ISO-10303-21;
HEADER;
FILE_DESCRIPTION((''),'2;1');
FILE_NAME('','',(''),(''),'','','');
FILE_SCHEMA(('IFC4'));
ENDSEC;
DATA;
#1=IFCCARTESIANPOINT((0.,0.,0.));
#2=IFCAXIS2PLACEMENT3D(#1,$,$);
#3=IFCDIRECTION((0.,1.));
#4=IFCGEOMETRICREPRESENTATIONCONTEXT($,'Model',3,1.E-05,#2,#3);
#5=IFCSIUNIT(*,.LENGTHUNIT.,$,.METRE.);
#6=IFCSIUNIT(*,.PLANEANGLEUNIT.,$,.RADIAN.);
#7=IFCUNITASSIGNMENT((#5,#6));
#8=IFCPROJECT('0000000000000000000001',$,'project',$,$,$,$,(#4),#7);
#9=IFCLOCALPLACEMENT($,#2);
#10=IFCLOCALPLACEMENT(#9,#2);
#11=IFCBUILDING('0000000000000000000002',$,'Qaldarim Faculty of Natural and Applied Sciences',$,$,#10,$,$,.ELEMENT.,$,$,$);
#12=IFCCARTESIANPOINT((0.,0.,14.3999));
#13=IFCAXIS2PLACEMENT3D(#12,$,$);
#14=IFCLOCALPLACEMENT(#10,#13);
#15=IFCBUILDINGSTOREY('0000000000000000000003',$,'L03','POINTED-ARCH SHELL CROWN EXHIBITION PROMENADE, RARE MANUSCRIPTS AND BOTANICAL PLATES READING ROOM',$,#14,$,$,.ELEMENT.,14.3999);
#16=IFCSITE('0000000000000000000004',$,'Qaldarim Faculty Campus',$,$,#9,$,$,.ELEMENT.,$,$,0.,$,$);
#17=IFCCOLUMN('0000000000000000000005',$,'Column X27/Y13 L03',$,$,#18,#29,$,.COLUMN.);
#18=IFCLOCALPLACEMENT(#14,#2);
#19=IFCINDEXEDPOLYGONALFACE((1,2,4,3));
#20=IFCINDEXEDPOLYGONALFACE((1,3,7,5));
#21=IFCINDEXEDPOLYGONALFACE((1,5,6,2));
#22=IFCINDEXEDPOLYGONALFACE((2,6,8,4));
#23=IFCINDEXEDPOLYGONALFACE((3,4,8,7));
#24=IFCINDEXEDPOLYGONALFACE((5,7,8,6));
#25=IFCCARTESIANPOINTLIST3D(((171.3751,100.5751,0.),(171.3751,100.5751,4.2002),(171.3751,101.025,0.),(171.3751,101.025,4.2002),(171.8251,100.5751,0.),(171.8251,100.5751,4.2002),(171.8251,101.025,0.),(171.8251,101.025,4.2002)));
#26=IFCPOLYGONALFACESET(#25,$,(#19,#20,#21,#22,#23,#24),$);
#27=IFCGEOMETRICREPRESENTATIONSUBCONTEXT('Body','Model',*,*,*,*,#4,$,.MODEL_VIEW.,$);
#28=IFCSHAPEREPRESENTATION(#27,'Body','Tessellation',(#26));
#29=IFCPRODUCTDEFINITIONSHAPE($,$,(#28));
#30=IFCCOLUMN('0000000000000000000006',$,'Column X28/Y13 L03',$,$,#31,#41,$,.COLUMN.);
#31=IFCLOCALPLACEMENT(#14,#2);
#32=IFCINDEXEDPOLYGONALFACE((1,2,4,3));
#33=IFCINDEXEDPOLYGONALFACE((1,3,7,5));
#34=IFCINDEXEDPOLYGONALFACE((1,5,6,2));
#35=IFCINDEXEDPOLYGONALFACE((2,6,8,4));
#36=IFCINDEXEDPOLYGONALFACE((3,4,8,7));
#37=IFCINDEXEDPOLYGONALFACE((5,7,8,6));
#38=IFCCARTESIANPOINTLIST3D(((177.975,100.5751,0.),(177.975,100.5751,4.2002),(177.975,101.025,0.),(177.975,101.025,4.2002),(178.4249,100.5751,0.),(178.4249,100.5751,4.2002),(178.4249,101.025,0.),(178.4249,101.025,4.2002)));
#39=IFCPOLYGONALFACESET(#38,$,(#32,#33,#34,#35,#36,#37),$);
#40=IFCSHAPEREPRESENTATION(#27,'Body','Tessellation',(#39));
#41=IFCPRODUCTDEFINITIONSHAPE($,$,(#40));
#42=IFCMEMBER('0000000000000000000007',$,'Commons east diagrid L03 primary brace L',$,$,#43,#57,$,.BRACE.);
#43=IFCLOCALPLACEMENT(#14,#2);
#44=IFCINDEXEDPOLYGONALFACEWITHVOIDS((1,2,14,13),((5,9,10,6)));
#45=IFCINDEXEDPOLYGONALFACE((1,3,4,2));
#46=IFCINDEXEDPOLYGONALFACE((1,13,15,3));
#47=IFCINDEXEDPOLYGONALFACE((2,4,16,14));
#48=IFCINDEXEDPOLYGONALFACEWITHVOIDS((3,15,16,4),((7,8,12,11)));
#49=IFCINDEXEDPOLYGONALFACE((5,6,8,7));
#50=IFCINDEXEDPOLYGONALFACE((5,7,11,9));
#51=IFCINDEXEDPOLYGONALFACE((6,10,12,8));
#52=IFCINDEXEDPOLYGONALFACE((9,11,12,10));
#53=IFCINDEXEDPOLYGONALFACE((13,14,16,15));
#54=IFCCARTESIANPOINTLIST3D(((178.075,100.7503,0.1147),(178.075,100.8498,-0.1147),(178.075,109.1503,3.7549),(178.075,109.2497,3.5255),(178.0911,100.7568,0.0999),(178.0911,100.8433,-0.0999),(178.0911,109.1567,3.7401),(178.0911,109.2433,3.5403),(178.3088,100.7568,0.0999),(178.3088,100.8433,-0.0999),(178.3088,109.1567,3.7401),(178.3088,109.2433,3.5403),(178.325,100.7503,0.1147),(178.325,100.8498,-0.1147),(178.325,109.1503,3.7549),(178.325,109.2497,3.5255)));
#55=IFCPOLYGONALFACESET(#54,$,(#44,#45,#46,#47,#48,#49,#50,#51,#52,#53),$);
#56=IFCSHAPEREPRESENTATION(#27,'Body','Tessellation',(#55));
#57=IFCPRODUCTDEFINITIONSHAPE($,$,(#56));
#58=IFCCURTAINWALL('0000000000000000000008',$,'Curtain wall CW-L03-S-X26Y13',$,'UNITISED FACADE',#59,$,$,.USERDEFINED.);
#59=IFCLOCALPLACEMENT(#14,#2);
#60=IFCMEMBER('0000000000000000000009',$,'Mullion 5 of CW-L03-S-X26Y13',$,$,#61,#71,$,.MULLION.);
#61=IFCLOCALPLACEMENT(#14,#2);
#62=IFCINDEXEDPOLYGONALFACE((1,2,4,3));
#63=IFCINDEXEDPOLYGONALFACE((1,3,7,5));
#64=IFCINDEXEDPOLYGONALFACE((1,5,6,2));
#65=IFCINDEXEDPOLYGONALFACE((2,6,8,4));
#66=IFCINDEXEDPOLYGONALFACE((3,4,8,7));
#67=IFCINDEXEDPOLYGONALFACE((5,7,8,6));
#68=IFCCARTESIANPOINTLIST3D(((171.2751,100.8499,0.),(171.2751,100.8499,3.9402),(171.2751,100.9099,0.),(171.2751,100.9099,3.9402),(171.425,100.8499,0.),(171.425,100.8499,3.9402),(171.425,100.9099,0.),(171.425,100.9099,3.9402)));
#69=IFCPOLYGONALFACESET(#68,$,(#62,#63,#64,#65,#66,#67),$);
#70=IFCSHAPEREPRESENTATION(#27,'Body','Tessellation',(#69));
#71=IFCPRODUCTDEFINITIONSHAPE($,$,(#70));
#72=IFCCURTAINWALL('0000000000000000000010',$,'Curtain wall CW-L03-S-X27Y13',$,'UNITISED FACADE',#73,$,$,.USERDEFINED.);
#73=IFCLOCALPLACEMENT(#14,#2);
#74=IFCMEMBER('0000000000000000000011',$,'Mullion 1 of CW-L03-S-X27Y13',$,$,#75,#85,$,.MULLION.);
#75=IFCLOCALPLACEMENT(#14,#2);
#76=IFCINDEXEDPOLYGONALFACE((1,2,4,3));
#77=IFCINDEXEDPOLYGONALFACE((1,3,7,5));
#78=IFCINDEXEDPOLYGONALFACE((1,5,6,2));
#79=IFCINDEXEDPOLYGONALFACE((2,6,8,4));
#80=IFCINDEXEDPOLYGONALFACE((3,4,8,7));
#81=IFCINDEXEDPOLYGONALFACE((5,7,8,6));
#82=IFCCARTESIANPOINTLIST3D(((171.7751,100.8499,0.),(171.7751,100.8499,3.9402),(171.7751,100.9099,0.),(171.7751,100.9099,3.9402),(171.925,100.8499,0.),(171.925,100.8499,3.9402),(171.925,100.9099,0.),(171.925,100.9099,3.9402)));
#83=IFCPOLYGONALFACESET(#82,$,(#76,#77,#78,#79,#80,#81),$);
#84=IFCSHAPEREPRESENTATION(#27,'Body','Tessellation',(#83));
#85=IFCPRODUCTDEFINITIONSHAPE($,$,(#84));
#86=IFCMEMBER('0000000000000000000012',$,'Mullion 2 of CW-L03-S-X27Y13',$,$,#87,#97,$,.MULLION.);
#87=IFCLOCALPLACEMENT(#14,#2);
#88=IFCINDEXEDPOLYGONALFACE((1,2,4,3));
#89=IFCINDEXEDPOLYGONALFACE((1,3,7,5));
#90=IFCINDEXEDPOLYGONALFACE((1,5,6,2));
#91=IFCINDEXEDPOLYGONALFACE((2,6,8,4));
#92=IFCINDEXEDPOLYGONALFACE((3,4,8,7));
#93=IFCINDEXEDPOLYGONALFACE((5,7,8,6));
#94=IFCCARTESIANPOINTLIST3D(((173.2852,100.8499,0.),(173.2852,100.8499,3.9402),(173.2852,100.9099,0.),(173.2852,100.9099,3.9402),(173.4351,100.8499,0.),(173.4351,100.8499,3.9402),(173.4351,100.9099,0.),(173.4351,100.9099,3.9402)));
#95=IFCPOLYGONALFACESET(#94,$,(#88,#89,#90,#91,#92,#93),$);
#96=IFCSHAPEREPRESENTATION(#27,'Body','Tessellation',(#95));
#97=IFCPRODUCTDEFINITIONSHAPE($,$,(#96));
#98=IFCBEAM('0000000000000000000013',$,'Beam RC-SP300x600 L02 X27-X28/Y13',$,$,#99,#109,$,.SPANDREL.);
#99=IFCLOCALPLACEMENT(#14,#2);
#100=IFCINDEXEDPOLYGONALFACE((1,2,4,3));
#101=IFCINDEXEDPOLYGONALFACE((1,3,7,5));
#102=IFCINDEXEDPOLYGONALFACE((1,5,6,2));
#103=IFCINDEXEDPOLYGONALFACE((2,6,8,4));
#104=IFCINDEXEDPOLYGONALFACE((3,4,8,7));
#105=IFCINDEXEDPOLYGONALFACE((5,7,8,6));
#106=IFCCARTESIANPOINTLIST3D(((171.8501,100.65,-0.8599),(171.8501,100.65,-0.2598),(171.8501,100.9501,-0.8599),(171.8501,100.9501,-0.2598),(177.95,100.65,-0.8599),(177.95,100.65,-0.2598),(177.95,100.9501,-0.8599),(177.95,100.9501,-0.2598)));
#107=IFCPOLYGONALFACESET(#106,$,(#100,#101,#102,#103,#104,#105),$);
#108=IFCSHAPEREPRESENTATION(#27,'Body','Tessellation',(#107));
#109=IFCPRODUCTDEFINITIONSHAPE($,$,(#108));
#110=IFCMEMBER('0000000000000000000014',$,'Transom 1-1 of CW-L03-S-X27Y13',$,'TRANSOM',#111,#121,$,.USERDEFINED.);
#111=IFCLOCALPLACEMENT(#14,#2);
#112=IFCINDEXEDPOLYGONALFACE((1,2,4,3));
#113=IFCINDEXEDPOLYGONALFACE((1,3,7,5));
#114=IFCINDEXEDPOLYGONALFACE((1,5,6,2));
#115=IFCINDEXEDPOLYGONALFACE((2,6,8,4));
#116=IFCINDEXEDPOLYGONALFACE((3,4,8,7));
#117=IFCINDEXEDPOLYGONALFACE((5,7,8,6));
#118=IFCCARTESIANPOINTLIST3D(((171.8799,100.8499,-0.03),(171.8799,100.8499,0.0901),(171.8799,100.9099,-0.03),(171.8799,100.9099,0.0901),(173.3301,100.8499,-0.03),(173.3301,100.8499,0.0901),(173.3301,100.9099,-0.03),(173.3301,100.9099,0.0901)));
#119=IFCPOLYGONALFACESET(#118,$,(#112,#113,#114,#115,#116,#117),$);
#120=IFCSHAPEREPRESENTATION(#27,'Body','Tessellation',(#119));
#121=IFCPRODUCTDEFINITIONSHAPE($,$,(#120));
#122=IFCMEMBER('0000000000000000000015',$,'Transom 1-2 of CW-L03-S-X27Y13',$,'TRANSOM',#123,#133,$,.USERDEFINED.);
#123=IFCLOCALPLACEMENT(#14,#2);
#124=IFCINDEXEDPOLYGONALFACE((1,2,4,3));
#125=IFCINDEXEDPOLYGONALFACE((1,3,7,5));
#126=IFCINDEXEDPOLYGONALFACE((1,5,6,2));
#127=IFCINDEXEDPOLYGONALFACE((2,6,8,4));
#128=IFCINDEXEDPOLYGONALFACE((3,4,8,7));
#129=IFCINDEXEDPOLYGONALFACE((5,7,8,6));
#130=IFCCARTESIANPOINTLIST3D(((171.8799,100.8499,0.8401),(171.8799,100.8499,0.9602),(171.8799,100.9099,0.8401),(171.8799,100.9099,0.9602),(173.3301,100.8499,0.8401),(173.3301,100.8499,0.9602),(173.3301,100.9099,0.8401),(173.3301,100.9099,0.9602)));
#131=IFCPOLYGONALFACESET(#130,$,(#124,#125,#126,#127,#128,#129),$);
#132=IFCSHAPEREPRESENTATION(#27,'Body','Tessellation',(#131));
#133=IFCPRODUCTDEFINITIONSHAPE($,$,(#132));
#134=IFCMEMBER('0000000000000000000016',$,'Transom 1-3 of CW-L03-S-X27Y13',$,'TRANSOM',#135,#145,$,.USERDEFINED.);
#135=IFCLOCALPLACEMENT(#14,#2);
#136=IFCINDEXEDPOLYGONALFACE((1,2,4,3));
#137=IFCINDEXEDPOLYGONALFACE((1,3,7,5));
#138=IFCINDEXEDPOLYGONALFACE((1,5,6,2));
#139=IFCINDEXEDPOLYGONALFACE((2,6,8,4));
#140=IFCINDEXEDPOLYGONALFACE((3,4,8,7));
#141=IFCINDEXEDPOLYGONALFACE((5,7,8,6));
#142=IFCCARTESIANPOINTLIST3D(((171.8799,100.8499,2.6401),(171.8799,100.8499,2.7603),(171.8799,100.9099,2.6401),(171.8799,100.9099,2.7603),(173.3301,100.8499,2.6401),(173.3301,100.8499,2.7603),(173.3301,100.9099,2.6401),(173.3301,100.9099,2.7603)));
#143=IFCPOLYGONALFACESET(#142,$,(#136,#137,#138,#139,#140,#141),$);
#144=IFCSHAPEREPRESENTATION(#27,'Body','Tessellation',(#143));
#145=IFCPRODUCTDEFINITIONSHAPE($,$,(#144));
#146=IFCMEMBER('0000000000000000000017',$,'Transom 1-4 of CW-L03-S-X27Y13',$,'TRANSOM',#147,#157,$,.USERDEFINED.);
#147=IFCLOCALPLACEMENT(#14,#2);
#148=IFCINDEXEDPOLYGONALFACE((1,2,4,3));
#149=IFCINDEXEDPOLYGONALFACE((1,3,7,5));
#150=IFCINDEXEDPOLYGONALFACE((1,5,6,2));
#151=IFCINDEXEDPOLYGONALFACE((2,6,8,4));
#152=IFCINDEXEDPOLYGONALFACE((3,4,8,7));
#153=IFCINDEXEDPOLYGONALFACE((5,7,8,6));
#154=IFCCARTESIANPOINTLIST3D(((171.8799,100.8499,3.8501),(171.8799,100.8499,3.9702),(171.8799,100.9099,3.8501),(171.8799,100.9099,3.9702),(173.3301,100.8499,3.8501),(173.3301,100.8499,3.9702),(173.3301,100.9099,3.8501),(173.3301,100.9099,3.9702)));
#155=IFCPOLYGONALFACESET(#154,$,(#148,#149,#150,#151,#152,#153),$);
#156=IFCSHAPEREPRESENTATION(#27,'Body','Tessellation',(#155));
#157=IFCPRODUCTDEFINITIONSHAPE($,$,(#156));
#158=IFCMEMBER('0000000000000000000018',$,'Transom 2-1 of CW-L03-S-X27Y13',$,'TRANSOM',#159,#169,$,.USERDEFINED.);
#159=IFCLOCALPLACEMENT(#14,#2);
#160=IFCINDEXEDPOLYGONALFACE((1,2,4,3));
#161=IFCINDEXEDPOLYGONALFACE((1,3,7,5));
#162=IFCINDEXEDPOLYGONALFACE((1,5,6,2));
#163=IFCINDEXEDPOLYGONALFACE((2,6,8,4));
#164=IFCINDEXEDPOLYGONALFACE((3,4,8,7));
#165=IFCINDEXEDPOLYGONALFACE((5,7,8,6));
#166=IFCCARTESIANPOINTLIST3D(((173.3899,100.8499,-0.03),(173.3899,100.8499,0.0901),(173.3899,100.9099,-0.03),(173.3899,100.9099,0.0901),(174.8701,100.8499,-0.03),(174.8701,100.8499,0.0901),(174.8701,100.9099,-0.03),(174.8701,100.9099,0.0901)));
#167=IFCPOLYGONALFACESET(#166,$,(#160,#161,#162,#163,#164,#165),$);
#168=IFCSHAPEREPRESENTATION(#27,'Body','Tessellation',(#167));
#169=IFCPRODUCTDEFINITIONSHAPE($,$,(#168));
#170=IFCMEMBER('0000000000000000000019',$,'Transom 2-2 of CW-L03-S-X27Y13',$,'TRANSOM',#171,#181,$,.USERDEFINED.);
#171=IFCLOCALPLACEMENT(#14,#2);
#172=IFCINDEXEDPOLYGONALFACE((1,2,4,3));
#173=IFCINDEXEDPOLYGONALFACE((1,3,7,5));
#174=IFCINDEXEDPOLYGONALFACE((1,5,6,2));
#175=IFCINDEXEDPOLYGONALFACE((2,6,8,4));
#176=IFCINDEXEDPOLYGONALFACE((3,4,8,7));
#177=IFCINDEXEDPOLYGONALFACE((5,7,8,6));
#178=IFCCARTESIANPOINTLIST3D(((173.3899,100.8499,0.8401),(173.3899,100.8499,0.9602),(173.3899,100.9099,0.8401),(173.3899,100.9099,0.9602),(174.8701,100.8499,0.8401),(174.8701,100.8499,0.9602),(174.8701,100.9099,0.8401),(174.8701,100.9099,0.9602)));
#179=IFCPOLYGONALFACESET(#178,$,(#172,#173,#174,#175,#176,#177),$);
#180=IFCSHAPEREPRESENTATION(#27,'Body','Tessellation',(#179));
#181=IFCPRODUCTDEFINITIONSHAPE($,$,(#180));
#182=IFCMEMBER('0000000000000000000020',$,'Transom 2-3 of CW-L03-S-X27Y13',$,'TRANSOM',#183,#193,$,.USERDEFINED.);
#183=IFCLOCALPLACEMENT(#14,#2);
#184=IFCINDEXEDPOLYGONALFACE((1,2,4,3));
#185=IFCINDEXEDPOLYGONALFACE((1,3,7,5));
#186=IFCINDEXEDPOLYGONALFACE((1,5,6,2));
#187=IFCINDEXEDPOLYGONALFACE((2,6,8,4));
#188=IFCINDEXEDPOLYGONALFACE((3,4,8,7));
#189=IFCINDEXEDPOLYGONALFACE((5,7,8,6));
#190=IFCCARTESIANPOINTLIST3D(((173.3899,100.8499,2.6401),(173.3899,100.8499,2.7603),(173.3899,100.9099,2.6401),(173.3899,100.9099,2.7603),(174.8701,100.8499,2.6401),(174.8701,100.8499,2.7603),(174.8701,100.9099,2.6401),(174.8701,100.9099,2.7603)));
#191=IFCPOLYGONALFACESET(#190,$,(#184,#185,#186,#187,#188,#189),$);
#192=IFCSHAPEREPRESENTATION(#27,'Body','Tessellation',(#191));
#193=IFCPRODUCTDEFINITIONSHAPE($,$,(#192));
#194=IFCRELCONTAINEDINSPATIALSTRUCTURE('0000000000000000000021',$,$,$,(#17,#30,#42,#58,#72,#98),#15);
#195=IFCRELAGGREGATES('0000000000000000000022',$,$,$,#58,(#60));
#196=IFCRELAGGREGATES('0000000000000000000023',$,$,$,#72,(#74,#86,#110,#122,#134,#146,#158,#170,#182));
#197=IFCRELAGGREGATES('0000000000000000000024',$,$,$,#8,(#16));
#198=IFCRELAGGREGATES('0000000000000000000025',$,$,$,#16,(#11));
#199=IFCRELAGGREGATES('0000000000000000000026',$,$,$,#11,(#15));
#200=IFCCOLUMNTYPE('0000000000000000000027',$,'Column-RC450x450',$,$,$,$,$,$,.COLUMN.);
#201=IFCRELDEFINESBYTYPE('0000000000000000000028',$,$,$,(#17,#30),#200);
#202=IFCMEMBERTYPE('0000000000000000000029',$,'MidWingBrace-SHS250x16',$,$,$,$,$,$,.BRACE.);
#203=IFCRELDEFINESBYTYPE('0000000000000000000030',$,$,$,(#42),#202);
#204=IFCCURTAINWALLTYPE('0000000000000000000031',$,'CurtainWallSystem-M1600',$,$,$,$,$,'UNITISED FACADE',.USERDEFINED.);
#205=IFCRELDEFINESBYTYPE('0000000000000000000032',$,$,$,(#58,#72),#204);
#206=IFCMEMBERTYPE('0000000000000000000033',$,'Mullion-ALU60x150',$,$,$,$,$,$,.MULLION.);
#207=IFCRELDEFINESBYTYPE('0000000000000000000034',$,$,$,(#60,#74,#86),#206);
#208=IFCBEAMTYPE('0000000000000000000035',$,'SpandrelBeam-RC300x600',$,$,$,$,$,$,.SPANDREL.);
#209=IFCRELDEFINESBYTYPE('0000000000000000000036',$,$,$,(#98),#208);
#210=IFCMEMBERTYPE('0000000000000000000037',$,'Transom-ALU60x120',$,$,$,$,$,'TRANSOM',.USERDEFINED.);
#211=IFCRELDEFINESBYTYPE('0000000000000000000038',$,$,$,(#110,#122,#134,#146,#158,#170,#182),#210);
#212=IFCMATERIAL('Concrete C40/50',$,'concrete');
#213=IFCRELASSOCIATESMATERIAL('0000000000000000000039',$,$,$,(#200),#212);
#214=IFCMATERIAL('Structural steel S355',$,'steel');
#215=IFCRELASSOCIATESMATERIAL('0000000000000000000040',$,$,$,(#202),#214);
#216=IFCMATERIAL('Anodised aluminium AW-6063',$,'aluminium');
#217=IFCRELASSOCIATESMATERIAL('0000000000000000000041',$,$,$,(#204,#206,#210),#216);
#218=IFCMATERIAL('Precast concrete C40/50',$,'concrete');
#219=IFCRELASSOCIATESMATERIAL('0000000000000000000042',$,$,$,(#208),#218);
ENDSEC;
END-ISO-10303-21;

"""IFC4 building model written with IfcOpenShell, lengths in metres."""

from ifc_helpers import new_model, si_unit, direction, frame, origin, origin_2d, place, context, subcontext, project, spatial, rectangle, hollow_rectangle, extrude, material, material_profile, profile_set, type_object, element, aggregate, save


model = new_model("IFC4")

# Units and contexts
model_context = context("Model", 3, precision=1e-05, world=origin(), true_north=direction((0.0, 1.0)))
body_context = subcontext(model_context, "Body", "Model", "MODEL_VIEW")
ifc_project = project(units=[si_unit("LENGTHUNIT", "METRE"), si_unit("PLANEANGLEUNIT", "RADIAN")], contexts=[model_context])

# Site, building, storey
site_placement = place(None, origin())
site = spatial("IfcSite", under=ifc_project, at=site_placement, Name="Qaldarim Faculty Campus", CompositionType="ELEMENT", RefElevation=0.0)
building_placement = place(site_placement, origin())
building = spatial("IfcBuilding", under=site, at=building_placement, Name="Qaldarim Faculty of Natural and Applied Sciences", CompositionType="ELEMENT")
storey_placement = place(building_placement, frame((0.0, 0.0, 14.3999)))
storey = spatial("IfcBuildingStorey", under=building, at=storey_placement, Name="L03", Description="POINTED-ARCH SHELL CROWN EXHIBITION PROMENADE, RARE MANUSCRIPTS AND BOTANICAL PLATES READING ROOM", CompositionType="ELEMENT", Elevation=14.3999)

# Columns
ifc_material_1 = material(Name="Concrete C40/50", Category="concrete")
ifc_material_profile_1 = material_profile(ifc_material_1, rectangle(XDim=0.45, YDim=0.45, at=origin_2d()), Name="RC-C450x450")
ifc_profile_set_1 = profile_set([ifc_material_profile_1], Name="Concrete C40/50")
column_type = type_object("IfcColumnType", Name="Column-RC450x450", PredefinedType="COLUMN", material=ifc_profile_set_1)
for number, where, z_axis, x_axis, name in (
    (1, (171.6001, 100.8, 0.0), (0.0, 0.0, 1.0), (1.0, 0.0, 0.0), "Column X27/Y13 L03"),
    (2, (178.2, 100.8, 0.0), (0.0, 0.0, 1.0), (1.0, 0.0, 0.0), "Column X28/Y13 L03"),
):
    element("IfcColumn", number, at=place(storey_placement, frame(where, z_axis=z_axis, x_axis=x_axis)), inside=storey, type_object=column_type, Name=name, PredefinedType="COLUMN", context=body_context, shape_type="SweptSolid", body=[
        extrude(rectangle(XDim=0.45, YDim=0.45, at=origin_2d()), origin(), (0.0, 0.0, 1.0), 4.2002),
    ])

# Member
ifc_material_2 = material(Name="Structural steel S355", Category="steel")
ifc_material_profile_2 = material_profile(ifc_material_2, hollow_rectangle(XDim=0.25, YDim=0.25, WallThickness=0.0161, at=origin_2d()), Name="SHS 250x250x16.0")
ifc_profile_set_2 = profile_set([ifc_material_profile_2], Name="Structural steel S355")
member_type_1 = type_object("IfcMemberType", Name="MidWingBrace-SHS250x16", PredefinedType="BRACE", material=ifc_profile_set_2)
member_1_placement = place(storey_placement, frame((178.2, 100.8, 0.0), z_axis=(0.0, 0.917548, 0.397624), x_axis=(-1.0, 0.0, 0.0)))
element("IfcMember", 3, at=member_1_placement, inside=storey, type_object=member_type_1, Name="Commons east diagrid L03 primary brace L", PredefinedType="BRACE", context=body_context, shape_type="SweptSolid", body=[
    extrude(hollow_rectangle(XDim=0.25, YDim=0.25, WallThickness=0.0161, at=origin_2d()), origin(), (0.0, 0.0, 1.0), 9.1548),
])

# Curtain wall, member
ifc_material_3 = material(Name="Anodised aluminium AW-6063", Category="aluminium")
curtain_wall_type = type_object("IfcCurtainWallType", Name="CurtainWallSystem-M1600", ElementType="UNITISED FACADE", PredefinedType="USERDEFINED", material=ifc_material_3)
curtain_wall_1_placement = place(storey_placement, origin())
curtain_wall_1 = element("IfcCurtainWall", 4, at=curtain_wall_1_placement, inside=storey, type_object=curtain_wall_type, Name="Curtain wall CW-L03-S-X26Y13", ObjectType="UNITISED FACADE", PredefinedType="USERDEFINED")
ifc_material_profile_3 = material_profile(ifc_material_3, rectangle(XDim=0.0601, YDim=0.1499, at=origin_2d()), Name="ALU-M60x150")
ifc_profile_set_3 = profile_set([ifc_material_profile_3], Name="Anodised aluminium AW-6063")
member_type_2 = type_object("IfcMemberType", Name="Mullion-ALU60x150", PredefinedType="MULLION", material=ifc_profile_set_3)
member_2_placement = place(storey_placement, frame((171.3501, 100.8799, 0.0), z_axis=(0.0, 0.0, 1.0), x_axis=(0.0, 1.0, 0.0)))
member_2 = element("IfcMember", 5, at=member_2_placement, type_object=member_type_2, Name="Mullion 5 of CW-L03-S-X26Y13", PredefinedType="MULLION", context=body_context, shape_type="SweptSolid", body=[
    extrude(rectangle(XDim=0.0601, YDim=0.1499, at=origin_2d()), origin(), (0.0, 0.0, 1.0), 3.9402),
])
aggregate(curtain_wall_1, [member_2])

# Curtain wall, members
curtain_wall_2_placement = place(storey_placement, origin())
curtain_wall_2 = element("IfcCurtainWall", 6, at=curtain_wall_2_placement, inside=storey, type_object=curtain_wall_type, Name="Curtain wall CW-L03-S-X27Y13", ObjectType="UNITISED FACADE", PredefinedType="USERDEFINED")
member_3_placement = place(storey_placement, frame((171.8501, 100.8799, 0.0), z_axis=(0.0, 0.0, 1.0), x_axis=(0.0, 1.0, 0.0)))
member_3 = element("IfcMember", 7, at=member_3_placement, type_object=member_type_2, Name="Mullion 1 of CW-L03-S-X27Y13", PredefinedType="MULLION", context=body_context, shape_type="SweptSolid", body=[
    extrude(rectangle(XDim=0.0601, YDim=0.1499, at=origin_2d()), origin(), (0.0, 0.0, 1.0), 3.9402),
])
member_4_placement = place(storey_placement, frame((173.3601, 100.8799, 0.0), z_axis=(0.0, 0.0, 1.0), x_axis=(0.0, 1.0, 0.0)))
member_4 = element("IfcMember", 8, at=member_4_placement, type_object=member_type_2, Name="Mullion 2 of CW-L03-S-X27Y13", PredefinedType="MULLION", context=body_context, shape_type="SweptSolid", body=[
    extrude(rectangle(XDim=0.0601, YDim=0.1499, at=origin_2d()), origin(), (0.0, 0.0, 1.0), 3.9402),
])

# Beam
ifc_material_4 = material(Name="Precast concrete C40/50", Category="concrete")
ifc_material_profile_4 = material_profile(ifc_material_4, rectangle(XDim=0.3, YDim=0.6001, at=origin_2d()), Name="RC-SP300x600")
ifc_profile_set_4 = profile_set([ifc_material_profile_4], Name="Precast concrete C40/50")
beam_type = type_object("IfcBeamType", Name="SpandrelBeam-RC300x600", PredefinedType="SPANDREL", material=ifc_profile_set_4)
beam_placement = place(storey_placement, frame((171.8501, 100.8, -0.5598), z_axis=(1.0, 0.0, 0.0), x_axis=(0.0, 1.0, 0.0)))
element("IfcBeam", 9, at=beam_placement, inside=storey, type_object=beam_type, Name="Beam RC-SP300x600 L02 X27-X28/Y13", PredefinedType="SPANDREL", context=body_context, shape_type="SweptSolid", body=[
    extrude(rectangle(XDim=0.3, YDim=0.6001, at=origin_2d()), origin(), (0.0, 0.0, 1.0), 6.0999),
])

# Members
ifc_material_profile_5 = material_profile(ifc_material_3, rectangle(XDim=0.0601, YDim=0.1201, at=origin_2d()), Name="ALU-T60x120")
ifc_profile_set_5 = profile_set([ifc_material_profile_5], Name="Anodised aluminium AW-6063")
member_type_3 = type_object("IfcMemberType", Name="Transom-ALU60x120", ElementType="TRANSOM", PredefinedType="USERDEFINED", material=ifc_profile_set_5)
member_5_placement = place(storey_placement, frame((171.8799, 100.8799, 0.03), z_axis=(1.0, 0.0, 0.0), x_axis=(0.0, 1.0, 0.0)))
member_5 = element("IfcMember", 10, at=member_5_placement, type_object=member_type_3, Name="Transom 1-1 of CW-L03-S-X27Y13", ObjectType="TRANSOM", PredefinedType="USERDEFINED", context=body_context, shape_type="SweptSolid", body=[
    extrude(rectangle(XDim=0.0601, YDim=0.1201, at=origin_2d()), origin(), (0.0, 0.0, 1.0), 1.4502),
])
member_6_placement = place(storey_placement, frame((171.8799, 100.8799, 0.9001), z_axis=(1.0, 0.0, 0.0), x_axis=(0.0, 1.0, 0.0)))
member_6 = element("IfcMember", 11, at=member_6_placement, type_object=member_type_3, Name="Transom 1-2 of CW-L03-S-X27Y13", ObjectType="TRANSOM", PredefinedType="USERDEFINED", context=body_context, shape_type="SweptSolid", body=[
    extrude(rectangle(XDim=0.0601, YDim=0.1201, at=origin_2d()), origin(), (0.0, 0.0, 1.0), 1.4502),
])
member_7_placement = place(storey_placement, frame((171.8799, 100.8799, 2.7002), z_axis=(1.0, 0.0, 0.0), x_axis=(0.0, 1.0, 0.0)))
member_7 = element("IfcMember", 12, at=member_7_placement, type_object=member_type_3, Name="Transom 1-3 of CW-L03-S-X27Y13", ObjectType="TRANSOM", PredefinedType="USERDEFINED", context=body_context, shape_type="SweptSolid", body=[
    extrude(rectangle(XDim=0.0601, YDim=0.1201, at=origin_2d()), origin(), (0.0, 0.0, 1.0), 1.4502),
])
member_8_placement = place(storey_placement, frame((171.8799, 100.8799, 3.9102), z_axis=(1.0, 0.0, 0.0), x_axis=(0.0, 1.0, 0.0)))
member_8 = element("IfcMember", 13, at=member_8_placement, type_object=member_type_3, Name="Transom 1-4 of CW-L03-S-X27Y13", ObjectType="TRANSOM", PredefinedType="USERDEFINED", context=body_context, shape_type="SweptSolid", body=[
    extrude(rectangle(XDim=0.0601, YDim=0.1201, at=origin_2d()), origin(), (0.0, 0.0, 1.0), 1.4502),
])
member_9_placement = place(storey_placement, frame((173.3899, 100.8799, 0.03), z_axis=(1.0, 0.0, 0.0), x_axis=(0.0, 1.0, 0.0)))
member_9 = element("IfcMember", 14, at=member_9_placement, type_object=member_type_3, Name="Transom 2-1 of CW-L03-S-X27Y13", ObjectType="TRANSOM", PredefinedType="USERDEFINED", context=body_context, shape_type="SweptSolid", body=[
    extrude(rectangle(XDim=0.0601, YDim=0.1201, at=origin_2d()), origin(), (0.0, 0.0, 1.0), 1.4802),
])
member_10_placement = place(storey_placement, frame((173.3899, 100.8799, 0.9001), z_axis=(1.0, 0.0, 0.0), x_axis=(0.0, 1.0, 0.0)))
member_10 = element("IfcMember", 15, at=member_10_placement, type_object=member_type_3, Name="Transom 2-2 of CW-L03-S-X27Y13", ObjectType="TRANSOM", PredefinedType="USERDEFINED", context=body_context, shape_type="SweptSolid", body=[
    extrude(rectangle(XDim=0.0601, YDim=0.1201, at=origin_2d()), origin(), (0.0, 0.0, 1.0), 1.4802),
])
member_11_placement = place(storey_placement, frame((173.3899, 100.8799, 2.7002), z_axis=(1.0, 0.0, 0.0), x_axis=(0.0, 1.0, 0.0)))
member_11 = element("IfcMember", 16, at=member_11_placement, type_object=member_type_3, Name="Transom 2-3 of CW-L03-S-X27Y13", ObjectType="TRANSOM", PredefinedType="USERDEFINED", context=body_context, shape_type="SweptSolid", body=[
    extrude(rectangle(XDim=0.0601, YDim=0.1201, at=origin_2d()), origin(), (0.0, 0.0, 1.0), 1.4802),
])

aggregate(curtain_wall_2, [member_3, member_4, member_5, member_6, member_7, member_8, member_9, member_10, member_11])

save(model, "model.ifc")
